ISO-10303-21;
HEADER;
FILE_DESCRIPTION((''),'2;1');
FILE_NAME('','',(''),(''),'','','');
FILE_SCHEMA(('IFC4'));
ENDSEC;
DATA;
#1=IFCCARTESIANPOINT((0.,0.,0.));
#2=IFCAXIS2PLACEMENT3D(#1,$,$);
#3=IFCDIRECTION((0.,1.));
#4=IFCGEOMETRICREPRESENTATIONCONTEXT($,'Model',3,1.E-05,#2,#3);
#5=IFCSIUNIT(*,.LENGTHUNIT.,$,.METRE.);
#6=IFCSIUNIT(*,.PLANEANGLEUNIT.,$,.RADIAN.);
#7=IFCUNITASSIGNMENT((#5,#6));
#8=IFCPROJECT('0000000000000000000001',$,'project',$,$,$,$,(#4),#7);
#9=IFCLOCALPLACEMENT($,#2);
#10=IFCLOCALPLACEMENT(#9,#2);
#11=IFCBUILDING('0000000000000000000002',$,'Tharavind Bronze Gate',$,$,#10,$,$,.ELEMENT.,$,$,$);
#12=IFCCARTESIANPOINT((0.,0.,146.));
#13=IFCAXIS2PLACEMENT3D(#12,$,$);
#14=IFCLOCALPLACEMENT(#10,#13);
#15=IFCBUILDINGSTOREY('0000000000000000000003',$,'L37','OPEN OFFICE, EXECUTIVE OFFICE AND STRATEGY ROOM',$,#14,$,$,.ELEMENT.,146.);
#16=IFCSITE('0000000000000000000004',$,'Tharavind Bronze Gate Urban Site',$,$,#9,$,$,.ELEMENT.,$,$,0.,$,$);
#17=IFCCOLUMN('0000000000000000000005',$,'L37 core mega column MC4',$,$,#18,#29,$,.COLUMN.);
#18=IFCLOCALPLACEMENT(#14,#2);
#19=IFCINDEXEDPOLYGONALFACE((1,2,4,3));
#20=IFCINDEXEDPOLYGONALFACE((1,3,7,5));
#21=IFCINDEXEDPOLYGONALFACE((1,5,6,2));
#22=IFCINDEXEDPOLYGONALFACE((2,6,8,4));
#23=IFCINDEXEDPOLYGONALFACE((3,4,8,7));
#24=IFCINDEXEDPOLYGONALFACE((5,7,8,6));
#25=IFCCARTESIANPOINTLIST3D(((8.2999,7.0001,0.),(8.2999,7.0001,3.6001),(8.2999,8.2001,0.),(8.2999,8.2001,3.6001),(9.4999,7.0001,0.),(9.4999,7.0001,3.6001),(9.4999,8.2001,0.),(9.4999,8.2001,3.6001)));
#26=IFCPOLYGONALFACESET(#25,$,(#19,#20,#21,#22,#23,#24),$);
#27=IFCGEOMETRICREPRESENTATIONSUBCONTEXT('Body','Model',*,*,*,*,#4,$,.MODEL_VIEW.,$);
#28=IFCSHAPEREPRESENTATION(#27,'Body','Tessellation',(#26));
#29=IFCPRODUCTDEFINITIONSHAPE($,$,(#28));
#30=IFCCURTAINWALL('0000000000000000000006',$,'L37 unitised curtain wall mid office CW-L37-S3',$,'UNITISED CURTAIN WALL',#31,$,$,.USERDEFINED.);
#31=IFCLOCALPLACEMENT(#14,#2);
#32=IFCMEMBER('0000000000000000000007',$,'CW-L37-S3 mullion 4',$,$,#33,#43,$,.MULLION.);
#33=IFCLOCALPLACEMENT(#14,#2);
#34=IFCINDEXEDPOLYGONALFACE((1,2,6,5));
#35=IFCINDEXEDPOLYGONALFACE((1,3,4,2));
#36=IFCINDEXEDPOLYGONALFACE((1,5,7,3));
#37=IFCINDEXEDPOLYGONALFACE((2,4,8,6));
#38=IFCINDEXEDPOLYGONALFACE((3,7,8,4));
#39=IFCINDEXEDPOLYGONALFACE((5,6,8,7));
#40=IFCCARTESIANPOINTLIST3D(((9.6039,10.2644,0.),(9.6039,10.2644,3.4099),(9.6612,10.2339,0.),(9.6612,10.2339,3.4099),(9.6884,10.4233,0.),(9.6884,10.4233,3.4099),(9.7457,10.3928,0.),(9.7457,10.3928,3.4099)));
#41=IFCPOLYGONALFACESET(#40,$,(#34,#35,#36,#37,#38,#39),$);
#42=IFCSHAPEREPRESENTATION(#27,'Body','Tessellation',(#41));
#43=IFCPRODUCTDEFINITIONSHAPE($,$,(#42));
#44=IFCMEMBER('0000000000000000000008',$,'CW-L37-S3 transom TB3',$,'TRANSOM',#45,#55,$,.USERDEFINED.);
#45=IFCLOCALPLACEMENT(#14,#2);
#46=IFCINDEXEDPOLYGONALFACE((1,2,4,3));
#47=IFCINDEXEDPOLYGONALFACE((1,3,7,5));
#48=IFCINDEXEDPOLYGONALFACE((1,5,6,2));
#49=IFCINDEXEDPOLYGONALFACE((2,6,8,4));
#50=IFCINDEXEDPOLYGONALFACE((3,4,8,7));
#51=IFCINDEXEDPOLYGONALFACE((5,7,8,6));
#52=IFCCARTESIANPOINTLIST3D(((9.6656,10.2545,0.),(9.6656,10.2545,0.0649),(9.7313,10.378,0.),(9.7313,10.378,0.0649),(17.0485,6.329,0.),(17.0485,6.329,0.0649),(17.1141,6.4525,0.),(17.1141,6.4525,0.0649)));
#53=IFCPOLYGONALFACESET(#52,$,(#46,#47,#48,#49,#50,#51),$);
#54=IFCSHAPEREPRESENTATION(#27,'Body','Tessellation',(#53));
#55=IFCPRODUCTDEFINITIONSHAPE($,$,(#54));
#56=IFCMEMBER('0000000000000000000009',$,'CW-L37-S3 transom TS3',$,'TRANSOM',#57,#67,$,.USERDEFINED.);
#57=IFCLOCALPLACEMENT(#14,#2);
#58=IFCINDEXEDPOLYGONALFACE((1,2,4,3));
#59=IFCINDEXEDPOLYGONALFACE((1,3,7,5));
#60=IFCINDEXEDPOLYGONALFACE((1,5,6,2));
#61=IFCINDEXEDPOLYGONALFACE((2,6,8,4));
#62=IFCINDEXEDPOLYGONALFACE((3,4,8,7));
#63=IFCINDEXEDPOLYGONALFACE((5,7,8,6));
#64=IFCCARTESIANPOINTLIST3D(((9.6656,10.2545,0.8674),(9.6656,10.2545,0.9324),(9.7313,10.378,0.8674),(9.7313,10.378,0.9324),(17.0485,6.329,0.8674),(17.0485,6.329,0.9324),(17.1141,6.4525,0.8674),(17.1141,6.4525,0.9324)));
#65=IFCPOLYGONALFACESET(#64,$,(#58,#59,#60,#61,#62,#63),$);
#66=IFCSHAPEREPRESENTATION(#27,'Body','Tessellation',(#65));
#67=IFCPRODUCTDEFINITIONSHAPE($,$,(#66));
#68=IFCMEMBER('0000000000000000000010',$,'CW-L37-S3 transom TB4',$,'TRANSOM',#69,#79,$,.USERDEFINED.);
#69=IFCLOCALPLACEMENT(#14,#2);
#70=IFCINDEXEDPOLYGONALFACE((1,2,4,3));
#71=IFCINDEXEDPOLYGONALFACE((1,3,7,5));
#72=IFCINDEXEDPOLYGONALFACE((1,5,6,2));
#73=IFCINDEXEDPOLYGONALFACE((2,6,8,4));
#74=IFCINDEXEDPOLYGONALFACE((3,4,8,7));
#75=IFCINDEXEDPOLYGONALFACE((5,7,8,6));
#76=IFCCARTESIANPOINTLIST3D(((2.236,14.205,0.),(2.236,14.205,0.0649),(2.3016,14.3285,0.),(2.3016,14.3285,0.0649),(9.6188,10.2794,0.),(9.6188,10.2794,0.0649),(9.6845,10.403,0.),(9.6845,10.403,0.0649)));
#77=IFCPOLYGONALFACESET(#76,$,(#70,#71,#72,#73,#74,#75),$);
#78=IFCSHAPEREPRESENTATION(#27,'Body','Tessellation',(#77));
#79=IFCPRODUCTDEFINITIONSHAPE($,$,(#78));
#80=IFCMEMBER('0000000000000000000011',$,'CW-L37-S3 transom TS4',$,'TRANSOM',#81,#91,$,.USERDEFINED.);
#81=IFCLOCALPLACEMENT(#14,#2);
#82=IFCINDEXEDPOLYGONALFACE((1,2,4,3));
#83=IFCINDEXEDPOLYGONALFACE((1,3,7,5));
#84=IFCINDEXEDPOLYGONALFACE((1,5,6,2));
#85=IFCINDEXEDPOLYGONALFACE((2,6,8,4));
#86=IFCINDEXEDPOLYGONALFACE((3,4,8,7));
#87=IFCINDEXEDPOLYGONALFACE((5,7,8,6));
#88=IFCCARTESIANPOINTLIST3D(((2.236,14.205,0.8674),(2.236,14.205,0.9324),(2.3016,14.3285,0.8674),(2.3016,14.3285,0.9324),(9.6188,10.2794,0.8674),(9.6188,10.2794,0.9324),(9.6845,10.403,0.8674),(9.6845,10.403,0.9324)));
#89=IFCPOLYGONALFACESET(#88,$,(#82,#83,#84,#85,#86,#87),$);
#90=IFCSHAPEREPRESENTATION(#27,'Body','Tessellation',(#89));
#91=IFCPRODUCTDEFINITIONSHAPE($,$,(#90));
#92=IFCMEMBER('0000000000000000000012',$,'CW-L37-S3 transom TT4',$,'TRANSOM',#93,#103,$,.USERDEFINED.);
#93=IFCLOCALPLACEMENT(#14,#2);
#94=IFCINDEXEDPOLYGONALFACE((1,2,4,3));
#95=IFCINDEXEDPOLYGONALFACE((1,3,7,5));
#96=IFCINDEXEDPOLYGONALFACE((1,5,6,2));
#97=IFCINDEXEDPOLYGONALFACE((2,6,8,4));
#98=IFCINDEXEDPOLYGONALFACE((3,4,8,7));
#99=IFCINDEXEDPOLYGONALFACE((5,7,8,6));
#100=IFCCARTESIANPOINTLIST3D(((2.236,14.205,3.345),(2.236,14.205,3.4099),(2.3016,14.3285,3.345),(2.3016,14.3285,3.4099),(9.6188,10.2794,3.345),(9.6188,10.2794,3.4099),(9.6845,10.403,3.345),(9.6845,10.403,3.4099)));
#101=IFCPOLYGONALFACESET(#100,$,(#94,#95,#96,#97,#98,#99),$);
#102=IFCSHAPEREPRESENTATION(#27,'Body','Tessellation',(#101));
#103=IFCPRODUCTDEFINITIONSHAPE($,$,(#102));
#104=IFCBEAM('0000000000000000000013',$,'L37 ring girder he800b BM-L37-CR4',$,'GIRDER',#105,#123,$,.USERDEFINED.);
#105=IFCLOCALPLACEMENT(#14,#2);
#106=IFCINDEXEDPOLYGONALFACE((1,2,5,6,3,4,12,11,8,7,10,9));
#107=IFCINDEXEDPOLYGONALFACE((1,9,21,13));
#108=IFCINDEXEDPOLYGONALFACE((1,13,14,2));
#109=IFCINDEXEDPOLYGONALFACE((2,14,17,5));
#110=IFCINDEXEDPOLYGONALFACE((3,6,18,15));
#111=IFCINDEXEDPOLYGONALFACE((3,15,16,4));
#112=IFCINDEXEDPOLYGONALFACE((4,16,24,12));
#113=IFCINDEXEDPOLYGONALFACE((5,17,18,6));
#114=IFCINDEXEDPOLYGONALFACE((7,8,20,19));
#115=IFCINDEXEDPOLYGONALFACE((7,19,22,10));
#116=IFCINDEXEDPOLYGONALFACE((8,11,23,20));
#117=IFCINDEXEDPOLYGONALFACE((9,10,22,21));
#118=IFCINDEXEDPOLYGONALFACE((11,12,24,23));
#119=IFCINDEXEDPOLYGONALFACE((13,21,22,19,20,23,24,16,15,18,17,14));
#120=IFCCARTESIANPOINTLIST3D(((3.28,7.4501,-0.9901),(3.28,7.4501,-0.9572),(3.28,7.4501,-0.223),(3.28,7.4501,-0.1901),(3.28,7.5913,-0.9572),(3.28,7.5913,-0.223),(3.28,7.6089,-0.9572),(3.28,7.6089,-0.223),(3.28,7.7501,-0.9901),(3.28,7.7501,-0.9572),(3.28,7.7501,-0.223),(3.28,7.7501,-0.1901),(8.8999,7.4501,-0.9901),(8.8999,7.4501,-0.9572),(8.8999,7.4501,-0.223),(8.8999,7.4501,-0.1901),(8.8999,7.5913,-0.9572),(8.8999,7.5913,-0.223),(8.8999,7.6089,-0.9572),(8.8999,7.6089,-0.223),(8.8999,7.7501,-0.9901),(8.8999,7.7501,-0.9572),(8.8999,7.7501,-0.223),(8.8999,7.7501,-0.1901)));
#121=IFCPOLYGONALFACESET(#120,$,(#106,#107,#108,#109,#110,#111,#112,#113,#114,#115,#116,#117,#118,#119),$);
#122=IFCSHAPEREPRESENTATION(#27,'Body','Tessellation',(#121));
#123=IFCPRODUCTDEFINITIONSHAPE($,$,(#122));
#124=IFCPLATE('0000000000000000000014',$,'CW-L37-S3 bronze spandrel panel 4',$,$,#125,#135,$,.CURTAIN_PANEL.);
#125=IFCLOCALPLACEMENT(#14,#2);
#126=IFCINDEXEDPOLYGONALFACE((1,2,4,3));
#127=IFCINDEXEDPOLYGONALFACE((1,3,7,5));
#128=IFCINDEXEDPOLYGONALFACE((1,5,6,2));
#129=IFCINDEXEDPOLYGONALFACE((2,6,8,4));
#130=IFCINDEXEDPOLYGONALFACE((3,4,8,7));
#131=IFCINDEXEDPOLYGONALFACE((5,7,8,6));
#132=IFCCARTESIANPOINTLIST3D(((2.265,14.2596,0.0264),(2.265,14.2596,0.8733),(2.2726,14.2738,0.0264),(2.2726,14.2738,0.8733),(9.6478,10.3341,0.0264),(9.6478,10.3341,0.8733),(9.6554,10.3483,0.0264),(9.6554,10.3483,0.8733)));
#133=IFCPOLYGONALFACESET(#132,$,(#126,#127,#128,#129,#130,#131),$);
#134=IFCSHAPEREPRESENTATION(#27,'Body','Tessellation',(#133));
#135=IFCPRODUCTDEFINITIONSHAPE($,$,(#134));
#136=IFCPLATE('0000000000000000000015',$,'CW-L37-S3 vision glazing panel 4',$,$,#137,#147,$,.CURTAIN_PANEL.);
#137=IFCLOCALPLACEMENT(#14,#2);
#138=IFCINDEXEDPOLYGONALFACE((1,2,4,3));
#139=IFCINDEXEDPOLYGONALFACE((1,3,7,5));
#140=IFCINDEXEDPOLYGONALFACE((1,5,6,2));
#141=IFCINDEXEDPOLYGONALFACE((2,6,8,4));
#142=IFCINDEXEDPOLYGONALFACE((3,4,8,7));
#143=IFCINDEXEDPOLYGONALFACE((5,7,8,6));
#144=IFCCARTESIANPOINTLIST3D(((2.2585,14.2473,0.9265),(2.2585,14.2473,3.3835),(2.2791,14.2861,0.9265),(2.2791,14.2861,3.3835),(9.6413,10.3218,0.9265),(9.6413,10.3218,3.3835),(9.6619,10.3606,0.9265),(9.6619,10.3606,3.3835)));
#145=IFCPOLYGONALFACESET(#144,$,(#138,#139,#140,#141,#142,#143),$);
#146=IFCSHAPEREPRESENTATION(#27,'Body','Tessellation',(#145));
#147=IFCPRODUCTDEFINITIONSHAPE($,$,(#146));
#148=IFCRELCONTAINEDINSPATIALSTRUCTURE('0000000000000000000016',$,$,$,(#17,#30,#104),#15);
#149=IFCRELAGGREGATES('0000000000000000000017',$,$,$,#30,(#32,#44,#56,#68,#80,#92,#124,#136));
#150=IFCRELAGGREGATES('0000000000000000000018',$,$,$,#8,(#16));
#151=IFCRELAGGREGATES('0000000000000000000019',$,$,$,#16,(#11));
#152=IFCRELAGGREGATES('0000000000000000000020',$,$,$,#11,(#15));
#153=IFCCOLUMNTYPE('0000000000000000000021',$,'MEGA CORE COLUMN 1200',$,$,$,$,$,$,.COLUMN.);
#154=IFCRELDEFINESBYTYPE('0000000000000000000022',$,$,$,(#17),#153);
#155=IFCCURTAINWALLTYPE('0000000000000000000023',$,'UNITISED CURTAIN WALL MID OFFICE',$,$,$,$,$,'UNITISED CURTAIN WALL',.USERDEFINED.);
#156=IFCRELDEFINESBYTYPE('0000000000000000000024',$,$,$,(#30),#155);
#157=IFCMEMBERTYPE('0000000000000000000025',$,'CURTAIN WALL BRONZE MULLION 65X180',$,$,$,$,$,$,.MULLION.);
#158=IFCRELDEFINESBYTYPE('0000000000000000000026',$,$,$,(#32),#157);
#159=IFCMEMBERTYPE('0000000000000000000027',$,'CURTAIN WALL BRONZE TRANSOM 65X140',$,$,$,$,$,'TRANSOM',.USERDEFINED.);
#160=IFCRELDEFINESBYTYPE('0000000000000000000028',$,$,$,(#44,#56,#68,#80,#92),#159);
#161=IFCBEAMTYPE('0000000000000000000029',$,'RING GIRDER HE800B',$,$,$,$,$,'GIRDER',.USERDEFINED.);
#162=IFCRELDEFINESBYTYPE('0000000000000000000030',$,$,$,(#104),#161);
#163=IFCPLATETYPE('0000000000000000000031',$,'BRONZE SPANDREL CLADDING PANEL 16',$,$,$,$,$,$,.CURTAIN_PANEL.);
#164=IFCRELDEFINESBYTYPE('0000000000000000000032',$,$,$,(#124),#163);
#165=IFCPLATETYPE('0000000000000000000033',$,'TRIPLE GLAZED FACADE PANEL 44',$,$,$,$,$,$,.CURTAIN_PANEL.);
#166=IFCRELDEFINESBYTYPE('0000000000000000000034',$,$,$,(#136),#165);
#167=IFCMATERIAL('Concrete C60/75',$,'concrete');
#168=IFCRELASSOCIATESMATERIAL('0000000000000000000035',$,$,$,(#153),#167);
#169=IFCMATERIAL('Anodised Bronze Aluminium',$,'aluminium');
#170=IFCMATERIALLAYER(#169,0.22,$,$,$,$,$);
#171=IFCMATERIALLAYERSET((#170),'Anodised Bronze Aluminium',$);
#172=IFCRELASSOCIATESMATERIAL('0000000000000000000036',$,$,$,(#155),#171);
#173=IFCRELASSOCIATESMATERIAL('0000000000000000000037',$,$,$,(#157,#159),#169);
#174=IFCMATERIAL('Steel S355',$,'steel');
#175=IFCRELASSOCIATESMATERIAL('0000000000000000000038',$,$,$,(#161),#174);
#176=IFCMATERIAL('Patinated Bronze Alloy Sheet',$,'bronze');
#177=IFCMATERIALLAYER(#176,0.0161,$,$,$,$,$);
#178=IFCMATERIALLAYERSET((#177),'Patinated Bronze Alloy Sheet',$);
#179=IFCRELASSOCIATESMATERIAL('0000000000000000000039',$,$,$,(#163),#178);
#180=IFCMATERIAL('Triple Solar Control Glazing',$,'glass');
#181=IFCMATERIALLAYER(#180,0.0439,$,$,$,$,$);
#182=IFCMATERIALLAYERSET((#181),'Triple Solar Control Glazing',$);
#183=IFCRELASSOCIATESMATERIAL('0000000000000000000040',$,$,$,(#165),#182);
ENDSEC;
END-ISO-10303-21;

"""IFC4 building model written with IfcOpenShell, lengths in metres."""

from ifc_helpers import new_model, si_unit, direction, frame, origin, origin_2d, place, context, subcontext, project, spatial, rectangle, i_section, extrude, material, layer, layer_set, material_profile, profile_set, type_object, element, aggregate, save


model = new_model("IFC4")

# Units and contexts
model_context = context("Model", 3, precision=1e-05, world=origin(), true_north=direction((0.0, 1.0)))
body_context = subcontext(model_context, "Body", "Model", "MODEL_VIEW")
ifc_project = project(units=[si_unit("LENGTHUNIT", "METRE"), si_unit("PLANEANGLEUNIT", "RADIAN")], contexts=[model_context])

# Site, building, storey
site_placement = place(None, origin())
site = spatial("IfcSite", under=ifc_project, at=site_placement, Name="Tharavind Bronze Gate Urban Site", CompositionType="ELEMENT", RefElevation=0.0)
building_placement = place(site_placement, origin())
building = spatial("IfcBuilding", under=site, at=building_placement, Name="Tharavind Bronze Gate", CompositionType="ELEMENT")
storey_placement = place(building_placement, frame((0.0, 0.0, 146.0)))
storey = spatial("IfcBuildingStorey", under=building, at=storey_placement, Name="L37", Description="OPEN OFFICE, EXECUTIVE OFFICE AND STRATEGY ROOM", CompositionType="ELEMENT", Elevation=146.0)

# Column
ifc_material_1 = material(Name="Concrete C60/75", Category="concrete")
ifc_material_profile_1 = material_profile(ifc_material_1, rectangle(XDim=1.2, YDim=1.2, at=origin_2d()), Name="RCCOL1200")
ifc_profile_set_1 = profile_set([ifc_material_profile_1], Name="Concrete C60/75")
column_type = type_object("IfcColumnType", Name="MEGA CORE COLUMN 1200", PredefinedType="COLUMN", material=ifc_profile_set_1)
column_placement = place(storey_placement, frame((8.8999, 7.6001, 0.0), z_axis=(0.0, 0.0, 1.0), x_axis=(1.0, 0.0, 0.0)))
element("IfcColumn", 1, at=column_placement, inside=storey, type_object=column_type, Name="L37 core mega column MC4", PredefinedType="COLUMN", context=body_context, shape_type="SweptSolid", body=[
    extrude(rectangle(XDim=1.2, YDim=1.2, at=origin_2d()), origin(), (0.0, 0.0, 1.0), 3.6001),
])

# Curtain wall, members
ifc_material_2 = material(Name="Anodised Bronze Aluminium", Category="aluminium")
ifc_layer_1 = layer(ifc_material_2, 0.22)
ifc_layer_set_1 = layer_set([ifc_layer_1], Name="Anodised Bronze Aluminium")
curtain_wall_type = type_object("IfcCurtainWallType", Name="UNITISED CURTAIN WALL MID OFFICE", ElementType="UNITISED CURTAIN WALL", PredefinedType="USERDEFINED", material=ifc_layer_set_1)
curtain_wall_placement = place(storey_placement, origin())
curtain_wall = element("IfcCurtainWall", 2, at=curtain_wall_placement, inside=storey, type_object=curtain_wall_type, Name="L37 unitised curtain wall mid office CW-L37-S3", ObjectType="UNITISED CURTAIN WALL", PredefinedType="USERDEFINED")
member_type_1 = type_object("IfcMemberType", Name="CURTAIN WALL BRONZE MULLION 65X180", PredefinedType="MULLION", material=ifc_material_2)
member_1_placement = place(storey_placement, frame((9.6748, 10.3286, 0.0), z_axis=(0.0, 0.0, 1.0), x_axis=(-0.882948, 0.469472, 0.0)))
member_1 = element("IfcMember", 3, at=member_1_placement, type_object=member_type_1, Name="CW-L37-S3 mullion 4", PredefinedType="MULLION", context=body_context, shape_type="SweptSolid", body=[
    extrude(rectangle(XDim=0.0649, YDim=0.1799, at=origin_2d()), origin(), (0.0, 0.0, 1.0), 3.4099),
])
member_type_2 = type_object("IfcMemberType", Name="CURTAIN WALL BRONZE TRANSOM 65X140", ElementType="TRANSOM", PredefinedType="USERDEFINED", material=ifc_material_2)
member_2_placement = place(storey_placement, frame((13.3899, 8.3535, 0.0), z_axis=(0.0, 0.0, 1.0), x_axis=(-0.882948, 0.469472, 0.0)))
member_2 = element("IfcMember", 4, at=member_2_placement, type_object=member_type_2, Name="CW-L37-S3 transom TB3", ObjectType="TRANSOM", PredefinedType="USERDEFINED", context=body_context, shape_type="SweptSolid", body=[
    extrude(rectangle(XDim=8.3616, YDim=0.1399, at=origin_2d()), origin(), (0.0, 0.0, 1.0), 0.0649),
])
member_3_placement = place(storey_placement, frame((13.3899, 8.3535, 0.8674), z_axis=(0.0, 0.0, 1.0), x_axis=(-0.882948, 0.469472, 0.0)))
member_3 = element("IfcMember", 5, at=member_3_placement, type_object=member_type_2, Name="CW-L37-S3 transom TS3", ObjectType="TRANSOM", PredefinedType="USERDEFINED", context=body_context, shape_type="SweptSolid", body=[
    extrude(rectangle(XDim=8.3616, YDim=0.1399, at=origin_2d()), origin(), (0.0, 0.0, 1.0), 0.0649),
])
member_4_placement = place(storey_placement, frame((5.9602, 12.304, 0.0), z_axis=(0.0, 0.0, 1.0), x_axis=(-0.882948, 0.469472, 0.0)))
member_4 = element("IfcMember", 6, at=member_4_placement, type_object=member_type_2, Name="CW-L37-S3 transom TB4", ObjectType="TRANSOM", PredefinedType="USERDEFINED", context=body_context, shape_type="SweptSolid", body=[
    extrude(rectangle(XDim=8.3616, YDim=0.1399, at=origin_2d()), origin(), (0.0, 0.0, 1.0), 0.0649),
])
member_5_placement = place(storey_placement, frame((5.9602, 12.304, 0.8674), z_axis=(0.0, 0.0, 1.0), x_axis=(-0.882948, 0.469472, 0.0)))
member_5 = element("IfcMember", 7, at=member_5_placement, type_object=member_type_2, Name="CW-L37-S3 transom TS4", ObjectType="TRANSOM", PredefinedType="USERDEFINED", context=body_context, shape_type="SweptSolid", body=[
    extrude(rectangle(XDim=8.3616, YDim=0.1399, at=origin_2d()), origin(), (0.0, 0.0, 1.0), 0.0649),
])
member_6_placement = place(storey_placement, frame((5.9602, 12.304, 3.345), z_axis=(0.0, 0.0, 1.0), x_axis=(-0.882948, 0.469472, 0.0)))
member_6 = element("IfcMember", 8, at=member_6_placement, type_object=member_type_2, Name="CW-L37-S3 transom TT4", ObjectType="TRANSOM", PredefinedType="USERDEFINED", context=body_context, shape_type="SweptSolid", body=[
    extrude(rectangle(XDim=8.3616, YDim=0.1399, at=origin_2d()), origin(), (0.0, 0.0, 1.0), 0.0649),
])

# Beam
ifc_material_3 = material(Name="Steel S355", Category="steel")
ifc_material_profile_2 = material_profile(ifc_material_3, i_section(OverallWidth=0.3, OverallDepth=0.8, WebThickness=0.0176, FlangeThickness=0.033, at=origin_2d()), Name="HE800B")
ifc_profile_set_2 = profile_set([ifc_material_profile_2], Name="Steel S355")
beam_type = type_object("IfcBeamType", Name="RING GIRDER HE800B", ElementType="GIRDER", PredefinedType="USERDEFINED", material=ifc_profile_set_2)
beam_placement = place(storey_placement, frame((8.8999, 7.6001, -0.5901), z_axis=(-1.0, 0.0, 0.0), x_axis=(0.0, -1.0, 0.0)))
element("IfcBeam", 9, at=beam_placement, inside=storey, type_object=beam_type, Name="L37 ring girder he800b BM-L37-CR4", ObjectType="GIRDER", PredefinedType="USERDEFINED", context=body_context, shape_type="SweptSolid", body=[
    extrude(i_section(OverallWidth=0.3, OverallDepth=0.8, WebThickness=0.0176, FlangeThickness=0.033, at=origin_2d()), origin(), (0.0, 0.0, 1.0), 5.6199),
])

# Plates
ifc_material_4 = material(Name="Patinated Bronze Alloy Sheet", Category="bronze")
ifc_layer_2 = layer(ifc_material_4, 0.0161)
ifc_layer_set_2 = layer_set([ifc_layer_2], Name="Patinated Bronze Alloy Sheet")
plate_type_1 = type_object("IfcPlateType", Name="BRONZE SPANDREL CLADDING PANEL 16", PredefinedType="CURTAIN_PANEL", material=ifc_layer_set_2)
plate_1_placement = place(storey_placement, frame((5.9602, 12.304, 0.0264), z_axis=(0.0, 0.0, 1.0), x_axis=(-0.882948, 0.469472, 0.0)))
plate_1 = element("IfcPlate", 10, at=plate_1_placement, type_object=plate_type_1, Name="CW-L37-S3 bronze spandrel panel 4", PredefinedType="CURTAIN_PANEL", context=body_context, shape_type="SweptSolid", body=[
    extrude(rectangle(XDim=8.3616, YDim=0.0161, at=origin_2d()), origin(), (0.0, 0.0, 1.0), 0.8469),
])
ifc_material_5 = material(Name="Triple Solar Control Glazing", Category="glass")
ifc_layer_3 = layer(ifc_material_5, 0.0439)
ifc_layer_set_3 = layer_set([ifc_layer_3], Name="Triple Solar Control Glazing")
plate_type_2 = type_object("IfcPlateType", Name="TRIPLE GLAZED FACADE PANEL 44", PredefinedType="CURTAIN_PANEL", material=ifc_layer_set_3)
plate_2_placement = place(storey_placement, frame((5.9602, 12.304, 0.9265), z_axis=(0.0, 0.0, 1.0), x_axis=(-0.882948, 0.469472, 0.0)))
plate_2 = element("IfcPlate", 11, at=plate_2_placement, type_object=plate_type_2, Name="CW-L37-S3 vision glazing panel 4", PredefinedType="CURTAIN_PANEL", context=body_context, shape_type="SweptSolid", body=[
    extrude(rectangle(XDim=8.3616, YDim=0.0439, at=origin_2d()), origin(), (0.0, 0.0, 1.0), 2.457),
])
aggregate(curtain_wall, [member_1, member_2, member_3, member_4, member_5, member_6, plate_1, plate_2])

save(model, "model.ifc")
